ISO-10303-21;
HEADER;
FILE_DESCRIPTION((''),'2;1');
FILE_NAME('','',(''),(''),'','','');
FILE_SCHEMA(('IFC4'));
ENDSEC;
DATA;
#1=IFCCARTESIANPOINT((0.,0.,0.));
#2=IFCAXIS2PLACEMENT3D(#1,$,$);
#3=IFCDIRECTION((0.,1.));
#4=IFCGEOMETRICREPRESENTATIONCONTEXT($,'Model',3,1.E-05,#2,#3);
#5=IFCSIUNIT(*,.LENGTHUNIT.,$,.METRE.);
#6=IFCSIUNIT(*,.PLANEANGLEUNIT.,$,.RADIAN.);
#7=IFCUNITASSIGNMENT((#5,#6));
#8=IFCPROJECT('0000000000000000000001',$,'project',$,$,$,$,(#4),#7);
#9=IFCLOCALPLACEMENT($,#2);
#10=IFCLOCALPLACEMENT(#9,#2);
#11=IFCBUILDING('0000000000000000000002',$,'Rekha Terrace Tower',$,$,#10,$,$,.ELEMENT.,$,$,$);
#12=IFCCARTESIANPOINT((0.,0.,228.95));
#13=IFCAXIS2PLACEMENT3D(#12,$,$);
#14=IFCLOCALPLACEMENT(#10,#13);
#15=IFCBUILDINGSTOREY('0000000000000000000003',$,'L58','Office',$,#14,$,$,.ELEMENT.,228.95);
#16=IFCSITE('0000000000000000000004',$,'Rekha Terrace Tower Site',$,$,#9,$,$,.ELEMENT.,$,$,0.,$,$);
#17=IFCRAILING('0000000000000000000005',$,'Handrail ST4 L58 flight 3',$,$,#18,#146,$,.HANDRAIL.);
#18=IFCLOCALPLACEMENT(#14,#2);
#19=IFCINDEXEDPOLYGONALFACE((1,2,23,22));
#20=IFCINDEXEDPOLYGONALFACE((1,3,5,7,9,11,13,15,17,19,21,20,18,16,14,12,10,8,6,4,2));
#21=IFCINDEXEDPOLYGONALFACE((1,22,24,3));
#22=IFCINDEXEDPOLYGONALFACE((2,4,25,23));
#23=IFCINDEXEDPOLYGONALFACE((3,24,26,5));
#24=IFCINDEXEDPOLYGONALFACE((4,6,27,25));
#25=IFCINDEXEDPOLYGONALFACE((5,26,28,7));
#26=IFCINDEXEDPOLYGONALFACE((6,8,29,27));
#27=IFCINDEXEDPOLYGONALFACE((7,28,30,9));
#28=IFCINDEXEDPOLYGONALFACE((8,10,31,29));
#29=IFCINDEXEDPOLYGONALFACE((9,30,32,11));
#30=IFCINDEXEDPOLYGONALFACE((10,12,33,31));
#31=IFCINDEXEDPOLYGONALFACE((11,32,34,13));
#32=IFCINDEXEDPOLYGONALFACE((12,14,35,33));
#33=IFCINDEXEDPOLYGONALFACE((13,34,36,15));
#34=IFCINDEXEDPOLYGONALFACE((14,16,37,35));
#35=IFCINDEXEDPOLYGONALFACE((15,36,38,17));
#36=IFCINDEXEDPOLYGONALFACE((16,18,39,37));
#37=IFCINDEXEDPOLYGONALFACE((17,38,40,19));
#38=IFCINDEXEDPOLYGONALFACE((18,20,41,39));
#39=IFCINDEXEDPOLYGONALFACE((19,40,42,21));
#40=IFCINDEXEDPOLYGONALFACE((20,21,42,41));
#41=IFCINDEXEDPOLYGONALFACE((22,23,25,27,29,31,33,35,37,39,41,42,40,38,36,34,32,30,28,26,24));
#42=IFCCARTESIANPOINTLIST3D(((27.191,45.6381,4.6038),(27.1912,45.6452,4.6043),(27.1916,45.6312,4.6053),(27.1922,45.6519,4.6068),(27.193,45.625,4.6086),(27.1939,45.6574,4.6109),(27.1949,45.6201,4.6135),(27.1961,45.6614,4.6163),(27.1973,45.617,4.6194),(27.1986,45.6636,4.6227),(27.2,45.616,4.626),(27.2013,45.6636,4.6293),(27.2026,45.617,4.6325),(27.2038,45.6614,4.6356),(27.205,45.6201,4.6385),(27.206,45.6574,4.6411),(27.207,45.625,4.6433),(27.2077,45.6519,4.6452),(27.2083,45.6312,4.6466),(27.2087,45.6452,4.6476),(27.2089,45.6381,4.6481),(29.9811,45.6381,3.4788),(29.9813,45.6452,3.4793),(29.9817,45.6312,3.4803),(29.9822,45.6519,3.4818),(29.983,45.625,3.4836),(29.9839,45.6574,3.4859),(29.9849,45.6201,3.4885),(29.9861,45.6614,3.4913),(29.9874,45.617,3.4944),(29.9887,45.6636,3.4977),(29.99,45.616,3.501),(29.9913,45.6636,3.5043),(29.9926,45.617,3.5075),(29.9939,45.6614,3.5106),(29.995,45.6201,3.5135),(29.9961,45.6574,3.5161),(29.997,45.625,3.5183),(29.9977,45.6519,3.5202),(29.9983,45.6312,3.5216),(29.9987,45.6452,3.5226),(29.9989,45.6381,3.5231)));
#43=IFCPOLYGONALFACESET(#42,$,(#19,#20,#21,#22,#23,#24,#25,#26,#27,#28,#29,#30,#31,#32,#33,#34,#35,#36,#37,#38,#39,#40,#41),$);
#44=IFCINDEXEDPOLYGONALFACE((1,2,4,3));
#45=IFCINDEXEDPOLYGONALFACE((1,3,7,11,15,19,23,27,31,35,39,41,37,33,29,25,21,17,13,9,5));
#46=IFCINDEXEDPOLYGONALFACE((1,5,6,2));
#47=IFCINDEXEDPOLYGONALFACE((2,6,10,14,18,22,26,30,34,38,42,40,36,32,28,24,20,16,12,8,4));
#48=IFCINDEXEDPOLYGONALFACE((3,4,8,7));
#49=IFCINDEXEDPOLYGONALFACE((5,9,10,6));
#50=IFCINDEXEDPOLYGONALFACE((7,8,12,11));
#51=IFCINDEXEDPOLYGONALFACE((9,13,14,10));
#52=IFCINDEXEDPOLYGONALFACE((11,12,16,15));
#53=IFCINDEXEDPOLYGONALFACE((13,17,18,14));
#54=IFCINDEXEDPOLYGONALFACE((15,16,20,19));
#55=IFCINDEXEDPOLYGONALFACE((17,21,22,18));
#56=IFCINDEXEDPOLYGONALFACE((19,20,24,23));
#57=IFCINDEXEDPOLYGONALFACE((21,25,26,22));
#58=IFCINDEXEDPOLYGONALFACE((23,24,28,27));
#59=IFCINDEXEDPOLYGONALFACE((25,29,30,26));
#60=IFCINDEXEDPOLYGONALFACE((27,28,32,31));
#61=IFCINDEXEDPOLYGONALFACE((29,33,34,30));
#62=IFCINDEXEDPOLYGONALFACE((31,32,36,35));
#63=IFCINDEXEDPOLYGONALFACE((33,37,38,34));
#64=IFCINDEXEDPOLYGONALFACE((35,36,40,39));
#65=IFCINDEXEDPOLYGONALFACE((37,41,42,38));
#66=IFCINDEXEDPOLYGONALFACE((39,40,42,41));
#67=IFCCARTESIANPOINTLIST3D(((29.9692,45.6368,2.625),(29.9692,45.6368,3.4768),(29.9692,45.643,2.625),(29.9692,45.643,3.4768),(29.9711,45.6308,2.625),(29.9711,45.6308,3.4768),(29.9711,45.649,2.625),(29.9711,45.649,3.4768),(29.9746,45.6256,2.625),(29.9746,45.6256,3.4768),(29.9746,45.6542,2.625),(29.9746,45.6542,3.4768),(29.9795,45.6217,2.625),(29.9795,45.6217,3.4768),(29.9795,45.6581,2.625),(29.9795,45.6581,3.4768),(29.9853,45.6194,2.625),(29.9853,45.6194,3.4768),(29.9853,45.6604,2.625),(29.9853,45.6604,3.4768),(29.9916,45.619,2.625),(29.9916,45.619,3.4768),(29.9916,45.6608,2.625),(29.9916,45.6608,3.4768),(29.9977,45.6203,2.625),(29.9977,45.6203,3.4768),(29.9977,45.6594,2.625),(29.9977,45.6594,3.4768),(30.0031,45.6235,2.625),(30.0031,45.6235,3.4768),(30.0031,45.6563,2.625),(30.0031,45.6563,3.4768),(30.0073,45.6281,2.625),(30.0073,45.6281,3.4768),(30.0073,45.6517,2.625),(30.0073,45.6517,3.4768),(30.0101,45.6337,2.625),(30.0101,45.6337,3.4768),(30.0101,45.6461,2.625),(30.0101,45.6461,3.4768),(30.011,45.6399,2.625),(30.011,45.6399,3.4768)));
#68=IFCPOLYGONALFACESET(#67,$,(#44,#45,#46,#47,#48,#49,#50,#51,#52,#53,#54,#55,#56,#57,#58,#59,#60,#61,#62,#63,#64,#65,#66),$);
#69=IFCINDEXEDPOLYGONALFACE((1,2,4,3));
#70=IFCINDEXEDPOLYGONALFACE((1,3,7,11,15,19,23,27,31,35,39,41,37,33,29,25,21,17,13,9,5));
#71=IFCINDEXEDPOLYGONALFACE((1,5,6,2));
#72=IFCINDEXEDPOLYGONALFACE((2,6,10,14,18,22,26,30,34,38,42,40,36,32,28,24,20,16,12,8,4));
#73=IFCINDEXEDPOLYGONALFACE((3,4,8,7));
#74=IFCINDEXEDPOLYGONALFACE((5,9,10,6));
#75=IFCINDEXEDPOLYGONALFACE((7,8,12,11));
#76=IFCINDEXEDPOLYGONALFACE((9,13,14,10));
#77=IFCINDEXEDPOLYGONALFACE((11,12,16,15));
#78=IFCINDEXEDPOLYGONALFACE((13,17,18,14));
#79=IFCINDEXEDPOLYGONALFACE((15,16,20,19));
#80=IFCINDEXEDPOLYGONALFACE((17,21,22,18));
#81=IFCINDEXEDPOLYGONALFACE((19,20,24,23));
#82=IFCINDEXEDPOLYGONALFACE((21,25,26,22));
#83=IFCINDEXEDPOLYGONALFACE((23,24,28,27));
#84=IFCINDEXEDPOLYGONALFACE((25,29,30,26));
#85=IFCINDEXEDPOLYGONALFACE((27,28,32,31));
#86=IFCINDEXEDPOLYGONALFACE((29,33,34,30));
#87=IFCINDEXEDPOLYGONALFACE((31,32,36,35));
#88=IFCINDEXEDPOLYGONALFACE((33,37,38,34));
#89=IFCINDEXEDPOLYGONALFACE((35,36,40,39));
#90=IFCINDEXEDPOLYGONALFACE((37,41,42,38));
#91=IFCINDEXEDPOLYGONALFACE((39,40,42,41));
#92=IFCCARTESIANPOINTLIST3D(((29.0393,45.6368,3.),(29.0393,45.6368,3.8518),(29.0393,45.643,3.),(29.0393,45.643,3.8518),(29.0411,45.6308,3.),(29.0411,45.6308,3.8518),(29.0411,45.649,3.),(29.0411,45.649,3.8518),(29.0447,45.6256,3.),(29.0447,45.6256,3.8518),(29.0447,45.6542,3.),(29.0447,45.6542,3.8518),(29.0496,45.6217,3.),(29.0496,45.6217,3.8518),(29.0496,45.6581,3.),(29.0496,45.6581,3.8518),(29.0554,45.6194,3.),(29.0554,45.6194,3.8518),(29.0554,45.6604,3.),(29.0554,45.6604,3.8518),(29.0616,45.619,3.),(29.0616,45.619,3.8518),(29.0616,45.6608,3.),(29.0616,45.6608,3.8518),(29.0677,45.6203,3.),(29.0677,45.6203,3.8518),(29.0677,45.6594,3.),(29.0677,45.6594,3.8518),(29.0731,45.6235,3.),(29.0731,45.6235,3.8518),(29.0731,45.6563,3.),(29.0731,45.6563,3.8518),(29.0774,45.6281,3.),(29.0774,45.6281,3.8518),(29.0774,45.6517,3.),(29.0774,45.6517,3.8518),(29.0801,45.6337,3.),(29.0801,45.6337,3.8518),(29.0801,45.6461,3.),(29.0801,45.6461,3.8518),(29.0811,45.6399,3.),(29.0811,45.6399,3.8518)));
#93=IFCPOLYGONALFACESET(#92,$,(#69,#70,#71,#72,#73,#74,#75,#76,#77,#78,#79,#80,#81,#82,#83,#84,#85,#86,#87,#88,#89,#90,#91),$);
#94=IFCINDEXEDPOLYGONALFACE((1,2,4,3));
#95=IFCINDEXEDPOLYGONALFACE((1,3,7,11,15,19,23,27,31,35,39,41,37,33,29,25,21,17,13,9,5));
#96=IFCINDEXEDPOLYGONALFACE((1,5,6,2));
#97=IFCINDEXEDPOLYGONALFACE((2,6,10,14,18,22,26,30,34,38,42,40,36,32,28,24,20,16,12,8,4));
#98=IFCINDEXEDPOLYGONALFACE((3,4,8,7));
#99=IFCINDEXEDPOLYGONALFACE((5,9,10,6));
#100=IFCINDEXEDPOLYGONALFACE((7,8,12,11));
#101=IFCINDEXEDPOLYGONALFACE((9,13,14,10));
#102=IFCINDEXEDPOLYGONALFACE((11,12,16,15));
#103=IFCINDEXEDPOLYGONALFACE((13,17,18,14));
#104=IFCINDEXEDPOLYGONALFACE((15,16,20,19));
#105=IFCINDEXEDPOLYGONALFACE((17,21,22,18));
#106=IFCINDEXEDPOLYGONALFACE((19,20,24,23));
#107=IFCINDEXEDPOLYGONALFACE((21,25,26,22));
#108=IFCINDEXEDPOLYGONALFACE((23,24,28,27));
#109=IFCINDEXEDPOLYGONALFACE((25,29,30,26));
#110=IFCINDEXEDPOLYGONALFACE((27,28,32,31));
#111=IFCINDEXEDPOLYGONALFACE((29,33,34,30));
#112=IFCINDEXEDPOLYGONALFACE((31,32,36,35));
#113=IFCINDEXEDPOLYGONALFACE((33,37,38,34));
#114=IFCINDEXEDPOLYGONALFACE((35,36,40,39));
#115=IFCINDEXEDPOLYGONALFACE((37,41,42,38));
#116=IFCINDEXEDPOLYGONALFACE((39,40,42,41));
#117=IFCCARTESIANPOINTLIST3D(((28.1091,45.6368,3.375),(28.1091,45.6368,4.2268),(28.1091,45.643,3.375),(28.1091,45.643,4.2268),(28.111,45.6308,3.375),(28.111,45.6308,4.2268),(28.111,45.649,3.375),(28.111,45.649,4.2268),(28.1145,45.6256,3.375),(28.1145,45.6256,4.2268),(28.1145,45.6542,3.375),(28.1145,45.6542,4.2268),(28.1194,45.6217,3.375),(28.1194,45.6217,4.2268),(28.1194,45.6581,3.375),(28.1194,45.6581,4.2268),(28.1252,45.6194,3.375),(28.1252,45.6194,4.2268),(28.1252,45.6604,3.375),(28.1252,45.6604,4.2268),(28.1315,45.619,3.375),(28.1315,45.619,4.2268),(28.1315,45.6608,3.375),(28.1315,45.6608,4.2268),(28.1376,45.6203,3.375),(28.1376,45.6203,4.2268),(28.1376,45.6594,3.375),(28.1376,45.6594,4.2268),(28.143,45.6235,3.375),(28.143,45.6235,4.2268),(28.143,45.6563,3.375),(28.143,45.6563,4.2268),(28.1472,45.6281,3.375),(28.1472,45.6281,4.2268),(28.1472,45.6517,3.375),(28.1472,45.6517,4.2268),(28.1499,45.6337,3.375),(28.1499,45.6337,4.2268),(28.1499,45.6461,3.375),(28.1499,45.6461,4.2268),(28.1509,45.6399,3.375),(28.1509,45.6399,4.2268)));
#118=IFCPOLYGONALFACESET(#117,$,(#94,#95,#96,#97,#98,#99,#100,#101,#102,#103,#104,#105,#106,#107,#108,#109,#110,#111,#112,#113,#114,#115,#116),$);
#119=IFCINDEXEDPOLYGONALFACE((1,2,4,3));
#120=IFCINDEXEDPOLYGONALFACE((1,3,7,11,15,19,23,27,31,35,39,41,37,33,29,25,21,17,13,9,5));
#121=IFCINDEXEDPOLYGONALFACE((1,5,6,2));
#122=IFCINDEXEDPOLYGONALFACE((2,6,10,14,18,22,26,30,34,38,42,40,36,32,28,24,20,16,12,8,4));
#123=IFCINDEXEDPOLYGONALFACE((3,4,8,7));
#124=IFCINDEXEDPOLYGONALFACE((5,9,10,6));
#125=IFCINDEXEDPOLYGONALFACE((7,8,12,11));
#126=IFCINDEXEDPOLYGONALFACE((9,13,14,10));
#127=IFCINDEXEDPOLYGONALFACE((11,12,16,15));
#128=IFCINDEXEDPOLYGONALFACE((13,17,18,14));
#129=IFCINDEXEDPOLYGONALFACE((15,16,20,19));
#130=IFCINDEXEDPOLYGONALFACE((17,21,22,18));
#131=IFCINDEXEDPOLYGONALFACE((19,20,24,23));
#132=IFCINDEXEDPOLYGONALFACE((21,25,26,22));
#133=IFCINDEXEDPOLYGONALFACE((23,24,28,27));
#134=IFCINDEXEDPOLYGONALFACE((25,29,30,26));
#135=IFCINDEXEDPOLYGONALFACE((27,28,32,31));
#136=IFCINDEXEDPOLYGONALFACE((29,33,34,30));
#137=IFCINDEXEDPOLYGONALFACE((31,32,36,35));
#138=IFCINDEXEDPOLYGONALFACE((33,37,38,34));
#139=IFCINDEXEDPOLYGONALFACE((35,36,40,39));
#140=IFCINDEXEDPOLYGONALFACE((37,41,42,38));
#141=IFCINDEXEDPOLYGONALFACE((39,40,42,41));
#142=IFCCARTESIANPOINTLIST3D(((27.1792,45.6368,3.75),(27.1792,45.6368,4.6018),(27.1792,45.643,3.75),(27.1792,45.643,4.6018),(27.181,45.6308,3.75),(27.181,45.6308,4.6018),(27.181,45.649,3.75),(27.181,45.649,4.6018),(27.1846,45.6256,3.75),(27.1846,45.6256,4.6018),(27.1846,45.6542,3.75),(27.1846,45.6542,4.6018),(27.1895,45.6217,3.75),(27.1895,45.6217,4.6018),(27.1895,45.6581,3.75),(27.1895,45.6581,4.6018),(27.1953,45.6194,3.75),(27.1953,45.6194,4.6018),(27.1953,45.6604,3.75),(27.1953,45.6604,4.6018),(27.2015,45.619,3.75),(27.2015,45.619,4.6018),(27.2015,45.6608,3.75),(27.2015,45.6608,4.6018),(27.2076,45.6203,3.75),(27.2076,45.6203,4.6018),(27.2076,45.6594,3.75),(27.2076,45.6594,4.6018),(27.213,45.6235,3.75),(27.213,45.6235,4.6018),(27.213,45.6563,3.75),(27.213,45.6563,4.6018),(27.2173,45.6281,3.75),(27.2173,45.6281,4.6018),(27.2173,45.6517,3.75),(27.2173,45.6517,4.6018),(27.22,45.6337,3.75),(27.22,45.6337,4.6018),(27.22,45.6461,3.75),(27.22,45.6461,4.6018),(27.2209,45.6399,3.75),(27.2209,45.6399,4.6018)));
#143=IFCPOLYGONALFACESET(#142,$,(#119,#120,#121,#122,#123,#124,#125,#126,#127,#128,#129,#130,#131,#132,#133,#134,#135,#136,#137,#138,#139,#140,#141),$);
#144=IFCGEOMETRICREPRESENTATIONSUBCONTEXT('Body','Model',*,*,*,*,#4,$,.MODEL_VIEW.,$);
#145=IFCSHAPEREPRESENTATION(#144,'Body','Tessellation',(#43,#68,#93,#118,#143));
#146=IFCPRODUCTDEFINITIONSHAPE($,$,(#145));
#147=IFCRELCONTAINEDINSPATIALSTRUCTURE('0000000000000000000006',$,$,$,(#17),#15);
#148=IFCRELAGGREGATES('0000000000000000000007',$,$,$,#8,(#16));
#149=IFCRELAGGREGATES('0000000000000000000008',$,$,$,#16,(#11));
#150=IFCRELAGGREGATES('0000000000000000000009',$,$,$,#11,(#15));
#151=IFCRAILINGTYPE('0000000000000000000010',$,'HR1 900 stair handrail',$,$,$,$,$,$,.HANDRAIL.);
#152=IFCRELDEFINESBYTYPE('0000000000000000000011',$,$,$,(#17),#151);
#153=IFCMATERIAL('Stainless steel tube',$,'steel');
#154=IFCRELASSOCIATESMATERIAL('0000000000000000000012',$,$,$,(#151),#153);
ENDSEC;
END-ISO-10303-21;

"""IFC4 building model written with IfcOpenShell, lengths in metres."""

from ifc_helpers import new_model, si_unit, direction, frame, origin, origin_2d, place, context, subcontext, project, spatial, circle, extrude, material, type_object, element, save


model = new_model("IFC4")

# Units and contexts
model_context = context("Model", 3, precision=1e-05, world=origin(), true_north=direction((0.0, 1.0)))
body_context = subcontext(model_context, "Body", "Model", "MODEL_VIEW")
ifc_project = project(units=[si_unit("LENGTHUNIT", "METRE"), si_unit("PLANEANGLEUNIT", "RADIAN")], contexts=[model_context])

# Site, building, storey
site_placement = place(None, origin())
site = spatial("IfcSite", under=ifc_project, at=site_placement, Name="Rekha Terrace Tower Site", CompositionType="ELEMENT", RefElevation=0.0)
building_placement = place(site_placement, origin())
building = spatial("IfcBuilding", under=site, at=building_placement, Name="Rekha Terrace Tower", CompositionType="ELEMENT")
storey_placement = place(building_placement, frame((0.0, 0.0, 228.95)))
storey = spatial("IfcBuildingStorey", under=building, at=storey_placement, Name="L58", Description="Office", CompositionType="ELEMENT", Elevation=228.95)

# Railing
ifc_material_1 = material(Name="Stainless steel tube", Category="steel")
railing_type_1 = type_object("IfcRailingType", Name="HR1 900 stair handrail", PredefinedType="HANDRAIL", material=ifc_material_1)
railing_1_placement = place(storey_placement, frame((29.99, 45.6399, 2.625)))
element("IfcRailing", 1, at=railing_1_placement, inside=storey, type_object=railing_type_1, Name="Handrail ST4 L58 flight 3", PredefinedType="HANDRAIL", context=body_context, shape_type="SweptSolid", body=[
    extrude(circle(Radius=0.0239, at=origin_2d()), frame((0.0, 0.0, 0.876), z_axis=(-0.927443, 0.0, 0.373964), x_axis=(0.0, -1.0, 0.0)), (0.0, 0.0, 1.0), 3.0083),
    extrude(circle(Radius=0.021, at=origin_2d()), origin(), (0.0, 0.0, 1.0), 0.8518),
    extrude(circle(Radius=0.021, at=origin_2d()), frame((-0.9299, 0.0, 0.375)), (0.0, 0.0, 1.0), 0.8518),
    extrude(circle(Radius=0.021, at=origin_2d()), frame((-1.8601, 0.0, 0.75)), (0.0, 0.0, 1.0), 0.8518),
    extrude(circle(Radius=0.021, at=origin_2d()), frame((-2.79, 0.0, 1.125)), (0.0, 0.0, 1.0), 0.8518),
])

save(model, "model.ifc")
